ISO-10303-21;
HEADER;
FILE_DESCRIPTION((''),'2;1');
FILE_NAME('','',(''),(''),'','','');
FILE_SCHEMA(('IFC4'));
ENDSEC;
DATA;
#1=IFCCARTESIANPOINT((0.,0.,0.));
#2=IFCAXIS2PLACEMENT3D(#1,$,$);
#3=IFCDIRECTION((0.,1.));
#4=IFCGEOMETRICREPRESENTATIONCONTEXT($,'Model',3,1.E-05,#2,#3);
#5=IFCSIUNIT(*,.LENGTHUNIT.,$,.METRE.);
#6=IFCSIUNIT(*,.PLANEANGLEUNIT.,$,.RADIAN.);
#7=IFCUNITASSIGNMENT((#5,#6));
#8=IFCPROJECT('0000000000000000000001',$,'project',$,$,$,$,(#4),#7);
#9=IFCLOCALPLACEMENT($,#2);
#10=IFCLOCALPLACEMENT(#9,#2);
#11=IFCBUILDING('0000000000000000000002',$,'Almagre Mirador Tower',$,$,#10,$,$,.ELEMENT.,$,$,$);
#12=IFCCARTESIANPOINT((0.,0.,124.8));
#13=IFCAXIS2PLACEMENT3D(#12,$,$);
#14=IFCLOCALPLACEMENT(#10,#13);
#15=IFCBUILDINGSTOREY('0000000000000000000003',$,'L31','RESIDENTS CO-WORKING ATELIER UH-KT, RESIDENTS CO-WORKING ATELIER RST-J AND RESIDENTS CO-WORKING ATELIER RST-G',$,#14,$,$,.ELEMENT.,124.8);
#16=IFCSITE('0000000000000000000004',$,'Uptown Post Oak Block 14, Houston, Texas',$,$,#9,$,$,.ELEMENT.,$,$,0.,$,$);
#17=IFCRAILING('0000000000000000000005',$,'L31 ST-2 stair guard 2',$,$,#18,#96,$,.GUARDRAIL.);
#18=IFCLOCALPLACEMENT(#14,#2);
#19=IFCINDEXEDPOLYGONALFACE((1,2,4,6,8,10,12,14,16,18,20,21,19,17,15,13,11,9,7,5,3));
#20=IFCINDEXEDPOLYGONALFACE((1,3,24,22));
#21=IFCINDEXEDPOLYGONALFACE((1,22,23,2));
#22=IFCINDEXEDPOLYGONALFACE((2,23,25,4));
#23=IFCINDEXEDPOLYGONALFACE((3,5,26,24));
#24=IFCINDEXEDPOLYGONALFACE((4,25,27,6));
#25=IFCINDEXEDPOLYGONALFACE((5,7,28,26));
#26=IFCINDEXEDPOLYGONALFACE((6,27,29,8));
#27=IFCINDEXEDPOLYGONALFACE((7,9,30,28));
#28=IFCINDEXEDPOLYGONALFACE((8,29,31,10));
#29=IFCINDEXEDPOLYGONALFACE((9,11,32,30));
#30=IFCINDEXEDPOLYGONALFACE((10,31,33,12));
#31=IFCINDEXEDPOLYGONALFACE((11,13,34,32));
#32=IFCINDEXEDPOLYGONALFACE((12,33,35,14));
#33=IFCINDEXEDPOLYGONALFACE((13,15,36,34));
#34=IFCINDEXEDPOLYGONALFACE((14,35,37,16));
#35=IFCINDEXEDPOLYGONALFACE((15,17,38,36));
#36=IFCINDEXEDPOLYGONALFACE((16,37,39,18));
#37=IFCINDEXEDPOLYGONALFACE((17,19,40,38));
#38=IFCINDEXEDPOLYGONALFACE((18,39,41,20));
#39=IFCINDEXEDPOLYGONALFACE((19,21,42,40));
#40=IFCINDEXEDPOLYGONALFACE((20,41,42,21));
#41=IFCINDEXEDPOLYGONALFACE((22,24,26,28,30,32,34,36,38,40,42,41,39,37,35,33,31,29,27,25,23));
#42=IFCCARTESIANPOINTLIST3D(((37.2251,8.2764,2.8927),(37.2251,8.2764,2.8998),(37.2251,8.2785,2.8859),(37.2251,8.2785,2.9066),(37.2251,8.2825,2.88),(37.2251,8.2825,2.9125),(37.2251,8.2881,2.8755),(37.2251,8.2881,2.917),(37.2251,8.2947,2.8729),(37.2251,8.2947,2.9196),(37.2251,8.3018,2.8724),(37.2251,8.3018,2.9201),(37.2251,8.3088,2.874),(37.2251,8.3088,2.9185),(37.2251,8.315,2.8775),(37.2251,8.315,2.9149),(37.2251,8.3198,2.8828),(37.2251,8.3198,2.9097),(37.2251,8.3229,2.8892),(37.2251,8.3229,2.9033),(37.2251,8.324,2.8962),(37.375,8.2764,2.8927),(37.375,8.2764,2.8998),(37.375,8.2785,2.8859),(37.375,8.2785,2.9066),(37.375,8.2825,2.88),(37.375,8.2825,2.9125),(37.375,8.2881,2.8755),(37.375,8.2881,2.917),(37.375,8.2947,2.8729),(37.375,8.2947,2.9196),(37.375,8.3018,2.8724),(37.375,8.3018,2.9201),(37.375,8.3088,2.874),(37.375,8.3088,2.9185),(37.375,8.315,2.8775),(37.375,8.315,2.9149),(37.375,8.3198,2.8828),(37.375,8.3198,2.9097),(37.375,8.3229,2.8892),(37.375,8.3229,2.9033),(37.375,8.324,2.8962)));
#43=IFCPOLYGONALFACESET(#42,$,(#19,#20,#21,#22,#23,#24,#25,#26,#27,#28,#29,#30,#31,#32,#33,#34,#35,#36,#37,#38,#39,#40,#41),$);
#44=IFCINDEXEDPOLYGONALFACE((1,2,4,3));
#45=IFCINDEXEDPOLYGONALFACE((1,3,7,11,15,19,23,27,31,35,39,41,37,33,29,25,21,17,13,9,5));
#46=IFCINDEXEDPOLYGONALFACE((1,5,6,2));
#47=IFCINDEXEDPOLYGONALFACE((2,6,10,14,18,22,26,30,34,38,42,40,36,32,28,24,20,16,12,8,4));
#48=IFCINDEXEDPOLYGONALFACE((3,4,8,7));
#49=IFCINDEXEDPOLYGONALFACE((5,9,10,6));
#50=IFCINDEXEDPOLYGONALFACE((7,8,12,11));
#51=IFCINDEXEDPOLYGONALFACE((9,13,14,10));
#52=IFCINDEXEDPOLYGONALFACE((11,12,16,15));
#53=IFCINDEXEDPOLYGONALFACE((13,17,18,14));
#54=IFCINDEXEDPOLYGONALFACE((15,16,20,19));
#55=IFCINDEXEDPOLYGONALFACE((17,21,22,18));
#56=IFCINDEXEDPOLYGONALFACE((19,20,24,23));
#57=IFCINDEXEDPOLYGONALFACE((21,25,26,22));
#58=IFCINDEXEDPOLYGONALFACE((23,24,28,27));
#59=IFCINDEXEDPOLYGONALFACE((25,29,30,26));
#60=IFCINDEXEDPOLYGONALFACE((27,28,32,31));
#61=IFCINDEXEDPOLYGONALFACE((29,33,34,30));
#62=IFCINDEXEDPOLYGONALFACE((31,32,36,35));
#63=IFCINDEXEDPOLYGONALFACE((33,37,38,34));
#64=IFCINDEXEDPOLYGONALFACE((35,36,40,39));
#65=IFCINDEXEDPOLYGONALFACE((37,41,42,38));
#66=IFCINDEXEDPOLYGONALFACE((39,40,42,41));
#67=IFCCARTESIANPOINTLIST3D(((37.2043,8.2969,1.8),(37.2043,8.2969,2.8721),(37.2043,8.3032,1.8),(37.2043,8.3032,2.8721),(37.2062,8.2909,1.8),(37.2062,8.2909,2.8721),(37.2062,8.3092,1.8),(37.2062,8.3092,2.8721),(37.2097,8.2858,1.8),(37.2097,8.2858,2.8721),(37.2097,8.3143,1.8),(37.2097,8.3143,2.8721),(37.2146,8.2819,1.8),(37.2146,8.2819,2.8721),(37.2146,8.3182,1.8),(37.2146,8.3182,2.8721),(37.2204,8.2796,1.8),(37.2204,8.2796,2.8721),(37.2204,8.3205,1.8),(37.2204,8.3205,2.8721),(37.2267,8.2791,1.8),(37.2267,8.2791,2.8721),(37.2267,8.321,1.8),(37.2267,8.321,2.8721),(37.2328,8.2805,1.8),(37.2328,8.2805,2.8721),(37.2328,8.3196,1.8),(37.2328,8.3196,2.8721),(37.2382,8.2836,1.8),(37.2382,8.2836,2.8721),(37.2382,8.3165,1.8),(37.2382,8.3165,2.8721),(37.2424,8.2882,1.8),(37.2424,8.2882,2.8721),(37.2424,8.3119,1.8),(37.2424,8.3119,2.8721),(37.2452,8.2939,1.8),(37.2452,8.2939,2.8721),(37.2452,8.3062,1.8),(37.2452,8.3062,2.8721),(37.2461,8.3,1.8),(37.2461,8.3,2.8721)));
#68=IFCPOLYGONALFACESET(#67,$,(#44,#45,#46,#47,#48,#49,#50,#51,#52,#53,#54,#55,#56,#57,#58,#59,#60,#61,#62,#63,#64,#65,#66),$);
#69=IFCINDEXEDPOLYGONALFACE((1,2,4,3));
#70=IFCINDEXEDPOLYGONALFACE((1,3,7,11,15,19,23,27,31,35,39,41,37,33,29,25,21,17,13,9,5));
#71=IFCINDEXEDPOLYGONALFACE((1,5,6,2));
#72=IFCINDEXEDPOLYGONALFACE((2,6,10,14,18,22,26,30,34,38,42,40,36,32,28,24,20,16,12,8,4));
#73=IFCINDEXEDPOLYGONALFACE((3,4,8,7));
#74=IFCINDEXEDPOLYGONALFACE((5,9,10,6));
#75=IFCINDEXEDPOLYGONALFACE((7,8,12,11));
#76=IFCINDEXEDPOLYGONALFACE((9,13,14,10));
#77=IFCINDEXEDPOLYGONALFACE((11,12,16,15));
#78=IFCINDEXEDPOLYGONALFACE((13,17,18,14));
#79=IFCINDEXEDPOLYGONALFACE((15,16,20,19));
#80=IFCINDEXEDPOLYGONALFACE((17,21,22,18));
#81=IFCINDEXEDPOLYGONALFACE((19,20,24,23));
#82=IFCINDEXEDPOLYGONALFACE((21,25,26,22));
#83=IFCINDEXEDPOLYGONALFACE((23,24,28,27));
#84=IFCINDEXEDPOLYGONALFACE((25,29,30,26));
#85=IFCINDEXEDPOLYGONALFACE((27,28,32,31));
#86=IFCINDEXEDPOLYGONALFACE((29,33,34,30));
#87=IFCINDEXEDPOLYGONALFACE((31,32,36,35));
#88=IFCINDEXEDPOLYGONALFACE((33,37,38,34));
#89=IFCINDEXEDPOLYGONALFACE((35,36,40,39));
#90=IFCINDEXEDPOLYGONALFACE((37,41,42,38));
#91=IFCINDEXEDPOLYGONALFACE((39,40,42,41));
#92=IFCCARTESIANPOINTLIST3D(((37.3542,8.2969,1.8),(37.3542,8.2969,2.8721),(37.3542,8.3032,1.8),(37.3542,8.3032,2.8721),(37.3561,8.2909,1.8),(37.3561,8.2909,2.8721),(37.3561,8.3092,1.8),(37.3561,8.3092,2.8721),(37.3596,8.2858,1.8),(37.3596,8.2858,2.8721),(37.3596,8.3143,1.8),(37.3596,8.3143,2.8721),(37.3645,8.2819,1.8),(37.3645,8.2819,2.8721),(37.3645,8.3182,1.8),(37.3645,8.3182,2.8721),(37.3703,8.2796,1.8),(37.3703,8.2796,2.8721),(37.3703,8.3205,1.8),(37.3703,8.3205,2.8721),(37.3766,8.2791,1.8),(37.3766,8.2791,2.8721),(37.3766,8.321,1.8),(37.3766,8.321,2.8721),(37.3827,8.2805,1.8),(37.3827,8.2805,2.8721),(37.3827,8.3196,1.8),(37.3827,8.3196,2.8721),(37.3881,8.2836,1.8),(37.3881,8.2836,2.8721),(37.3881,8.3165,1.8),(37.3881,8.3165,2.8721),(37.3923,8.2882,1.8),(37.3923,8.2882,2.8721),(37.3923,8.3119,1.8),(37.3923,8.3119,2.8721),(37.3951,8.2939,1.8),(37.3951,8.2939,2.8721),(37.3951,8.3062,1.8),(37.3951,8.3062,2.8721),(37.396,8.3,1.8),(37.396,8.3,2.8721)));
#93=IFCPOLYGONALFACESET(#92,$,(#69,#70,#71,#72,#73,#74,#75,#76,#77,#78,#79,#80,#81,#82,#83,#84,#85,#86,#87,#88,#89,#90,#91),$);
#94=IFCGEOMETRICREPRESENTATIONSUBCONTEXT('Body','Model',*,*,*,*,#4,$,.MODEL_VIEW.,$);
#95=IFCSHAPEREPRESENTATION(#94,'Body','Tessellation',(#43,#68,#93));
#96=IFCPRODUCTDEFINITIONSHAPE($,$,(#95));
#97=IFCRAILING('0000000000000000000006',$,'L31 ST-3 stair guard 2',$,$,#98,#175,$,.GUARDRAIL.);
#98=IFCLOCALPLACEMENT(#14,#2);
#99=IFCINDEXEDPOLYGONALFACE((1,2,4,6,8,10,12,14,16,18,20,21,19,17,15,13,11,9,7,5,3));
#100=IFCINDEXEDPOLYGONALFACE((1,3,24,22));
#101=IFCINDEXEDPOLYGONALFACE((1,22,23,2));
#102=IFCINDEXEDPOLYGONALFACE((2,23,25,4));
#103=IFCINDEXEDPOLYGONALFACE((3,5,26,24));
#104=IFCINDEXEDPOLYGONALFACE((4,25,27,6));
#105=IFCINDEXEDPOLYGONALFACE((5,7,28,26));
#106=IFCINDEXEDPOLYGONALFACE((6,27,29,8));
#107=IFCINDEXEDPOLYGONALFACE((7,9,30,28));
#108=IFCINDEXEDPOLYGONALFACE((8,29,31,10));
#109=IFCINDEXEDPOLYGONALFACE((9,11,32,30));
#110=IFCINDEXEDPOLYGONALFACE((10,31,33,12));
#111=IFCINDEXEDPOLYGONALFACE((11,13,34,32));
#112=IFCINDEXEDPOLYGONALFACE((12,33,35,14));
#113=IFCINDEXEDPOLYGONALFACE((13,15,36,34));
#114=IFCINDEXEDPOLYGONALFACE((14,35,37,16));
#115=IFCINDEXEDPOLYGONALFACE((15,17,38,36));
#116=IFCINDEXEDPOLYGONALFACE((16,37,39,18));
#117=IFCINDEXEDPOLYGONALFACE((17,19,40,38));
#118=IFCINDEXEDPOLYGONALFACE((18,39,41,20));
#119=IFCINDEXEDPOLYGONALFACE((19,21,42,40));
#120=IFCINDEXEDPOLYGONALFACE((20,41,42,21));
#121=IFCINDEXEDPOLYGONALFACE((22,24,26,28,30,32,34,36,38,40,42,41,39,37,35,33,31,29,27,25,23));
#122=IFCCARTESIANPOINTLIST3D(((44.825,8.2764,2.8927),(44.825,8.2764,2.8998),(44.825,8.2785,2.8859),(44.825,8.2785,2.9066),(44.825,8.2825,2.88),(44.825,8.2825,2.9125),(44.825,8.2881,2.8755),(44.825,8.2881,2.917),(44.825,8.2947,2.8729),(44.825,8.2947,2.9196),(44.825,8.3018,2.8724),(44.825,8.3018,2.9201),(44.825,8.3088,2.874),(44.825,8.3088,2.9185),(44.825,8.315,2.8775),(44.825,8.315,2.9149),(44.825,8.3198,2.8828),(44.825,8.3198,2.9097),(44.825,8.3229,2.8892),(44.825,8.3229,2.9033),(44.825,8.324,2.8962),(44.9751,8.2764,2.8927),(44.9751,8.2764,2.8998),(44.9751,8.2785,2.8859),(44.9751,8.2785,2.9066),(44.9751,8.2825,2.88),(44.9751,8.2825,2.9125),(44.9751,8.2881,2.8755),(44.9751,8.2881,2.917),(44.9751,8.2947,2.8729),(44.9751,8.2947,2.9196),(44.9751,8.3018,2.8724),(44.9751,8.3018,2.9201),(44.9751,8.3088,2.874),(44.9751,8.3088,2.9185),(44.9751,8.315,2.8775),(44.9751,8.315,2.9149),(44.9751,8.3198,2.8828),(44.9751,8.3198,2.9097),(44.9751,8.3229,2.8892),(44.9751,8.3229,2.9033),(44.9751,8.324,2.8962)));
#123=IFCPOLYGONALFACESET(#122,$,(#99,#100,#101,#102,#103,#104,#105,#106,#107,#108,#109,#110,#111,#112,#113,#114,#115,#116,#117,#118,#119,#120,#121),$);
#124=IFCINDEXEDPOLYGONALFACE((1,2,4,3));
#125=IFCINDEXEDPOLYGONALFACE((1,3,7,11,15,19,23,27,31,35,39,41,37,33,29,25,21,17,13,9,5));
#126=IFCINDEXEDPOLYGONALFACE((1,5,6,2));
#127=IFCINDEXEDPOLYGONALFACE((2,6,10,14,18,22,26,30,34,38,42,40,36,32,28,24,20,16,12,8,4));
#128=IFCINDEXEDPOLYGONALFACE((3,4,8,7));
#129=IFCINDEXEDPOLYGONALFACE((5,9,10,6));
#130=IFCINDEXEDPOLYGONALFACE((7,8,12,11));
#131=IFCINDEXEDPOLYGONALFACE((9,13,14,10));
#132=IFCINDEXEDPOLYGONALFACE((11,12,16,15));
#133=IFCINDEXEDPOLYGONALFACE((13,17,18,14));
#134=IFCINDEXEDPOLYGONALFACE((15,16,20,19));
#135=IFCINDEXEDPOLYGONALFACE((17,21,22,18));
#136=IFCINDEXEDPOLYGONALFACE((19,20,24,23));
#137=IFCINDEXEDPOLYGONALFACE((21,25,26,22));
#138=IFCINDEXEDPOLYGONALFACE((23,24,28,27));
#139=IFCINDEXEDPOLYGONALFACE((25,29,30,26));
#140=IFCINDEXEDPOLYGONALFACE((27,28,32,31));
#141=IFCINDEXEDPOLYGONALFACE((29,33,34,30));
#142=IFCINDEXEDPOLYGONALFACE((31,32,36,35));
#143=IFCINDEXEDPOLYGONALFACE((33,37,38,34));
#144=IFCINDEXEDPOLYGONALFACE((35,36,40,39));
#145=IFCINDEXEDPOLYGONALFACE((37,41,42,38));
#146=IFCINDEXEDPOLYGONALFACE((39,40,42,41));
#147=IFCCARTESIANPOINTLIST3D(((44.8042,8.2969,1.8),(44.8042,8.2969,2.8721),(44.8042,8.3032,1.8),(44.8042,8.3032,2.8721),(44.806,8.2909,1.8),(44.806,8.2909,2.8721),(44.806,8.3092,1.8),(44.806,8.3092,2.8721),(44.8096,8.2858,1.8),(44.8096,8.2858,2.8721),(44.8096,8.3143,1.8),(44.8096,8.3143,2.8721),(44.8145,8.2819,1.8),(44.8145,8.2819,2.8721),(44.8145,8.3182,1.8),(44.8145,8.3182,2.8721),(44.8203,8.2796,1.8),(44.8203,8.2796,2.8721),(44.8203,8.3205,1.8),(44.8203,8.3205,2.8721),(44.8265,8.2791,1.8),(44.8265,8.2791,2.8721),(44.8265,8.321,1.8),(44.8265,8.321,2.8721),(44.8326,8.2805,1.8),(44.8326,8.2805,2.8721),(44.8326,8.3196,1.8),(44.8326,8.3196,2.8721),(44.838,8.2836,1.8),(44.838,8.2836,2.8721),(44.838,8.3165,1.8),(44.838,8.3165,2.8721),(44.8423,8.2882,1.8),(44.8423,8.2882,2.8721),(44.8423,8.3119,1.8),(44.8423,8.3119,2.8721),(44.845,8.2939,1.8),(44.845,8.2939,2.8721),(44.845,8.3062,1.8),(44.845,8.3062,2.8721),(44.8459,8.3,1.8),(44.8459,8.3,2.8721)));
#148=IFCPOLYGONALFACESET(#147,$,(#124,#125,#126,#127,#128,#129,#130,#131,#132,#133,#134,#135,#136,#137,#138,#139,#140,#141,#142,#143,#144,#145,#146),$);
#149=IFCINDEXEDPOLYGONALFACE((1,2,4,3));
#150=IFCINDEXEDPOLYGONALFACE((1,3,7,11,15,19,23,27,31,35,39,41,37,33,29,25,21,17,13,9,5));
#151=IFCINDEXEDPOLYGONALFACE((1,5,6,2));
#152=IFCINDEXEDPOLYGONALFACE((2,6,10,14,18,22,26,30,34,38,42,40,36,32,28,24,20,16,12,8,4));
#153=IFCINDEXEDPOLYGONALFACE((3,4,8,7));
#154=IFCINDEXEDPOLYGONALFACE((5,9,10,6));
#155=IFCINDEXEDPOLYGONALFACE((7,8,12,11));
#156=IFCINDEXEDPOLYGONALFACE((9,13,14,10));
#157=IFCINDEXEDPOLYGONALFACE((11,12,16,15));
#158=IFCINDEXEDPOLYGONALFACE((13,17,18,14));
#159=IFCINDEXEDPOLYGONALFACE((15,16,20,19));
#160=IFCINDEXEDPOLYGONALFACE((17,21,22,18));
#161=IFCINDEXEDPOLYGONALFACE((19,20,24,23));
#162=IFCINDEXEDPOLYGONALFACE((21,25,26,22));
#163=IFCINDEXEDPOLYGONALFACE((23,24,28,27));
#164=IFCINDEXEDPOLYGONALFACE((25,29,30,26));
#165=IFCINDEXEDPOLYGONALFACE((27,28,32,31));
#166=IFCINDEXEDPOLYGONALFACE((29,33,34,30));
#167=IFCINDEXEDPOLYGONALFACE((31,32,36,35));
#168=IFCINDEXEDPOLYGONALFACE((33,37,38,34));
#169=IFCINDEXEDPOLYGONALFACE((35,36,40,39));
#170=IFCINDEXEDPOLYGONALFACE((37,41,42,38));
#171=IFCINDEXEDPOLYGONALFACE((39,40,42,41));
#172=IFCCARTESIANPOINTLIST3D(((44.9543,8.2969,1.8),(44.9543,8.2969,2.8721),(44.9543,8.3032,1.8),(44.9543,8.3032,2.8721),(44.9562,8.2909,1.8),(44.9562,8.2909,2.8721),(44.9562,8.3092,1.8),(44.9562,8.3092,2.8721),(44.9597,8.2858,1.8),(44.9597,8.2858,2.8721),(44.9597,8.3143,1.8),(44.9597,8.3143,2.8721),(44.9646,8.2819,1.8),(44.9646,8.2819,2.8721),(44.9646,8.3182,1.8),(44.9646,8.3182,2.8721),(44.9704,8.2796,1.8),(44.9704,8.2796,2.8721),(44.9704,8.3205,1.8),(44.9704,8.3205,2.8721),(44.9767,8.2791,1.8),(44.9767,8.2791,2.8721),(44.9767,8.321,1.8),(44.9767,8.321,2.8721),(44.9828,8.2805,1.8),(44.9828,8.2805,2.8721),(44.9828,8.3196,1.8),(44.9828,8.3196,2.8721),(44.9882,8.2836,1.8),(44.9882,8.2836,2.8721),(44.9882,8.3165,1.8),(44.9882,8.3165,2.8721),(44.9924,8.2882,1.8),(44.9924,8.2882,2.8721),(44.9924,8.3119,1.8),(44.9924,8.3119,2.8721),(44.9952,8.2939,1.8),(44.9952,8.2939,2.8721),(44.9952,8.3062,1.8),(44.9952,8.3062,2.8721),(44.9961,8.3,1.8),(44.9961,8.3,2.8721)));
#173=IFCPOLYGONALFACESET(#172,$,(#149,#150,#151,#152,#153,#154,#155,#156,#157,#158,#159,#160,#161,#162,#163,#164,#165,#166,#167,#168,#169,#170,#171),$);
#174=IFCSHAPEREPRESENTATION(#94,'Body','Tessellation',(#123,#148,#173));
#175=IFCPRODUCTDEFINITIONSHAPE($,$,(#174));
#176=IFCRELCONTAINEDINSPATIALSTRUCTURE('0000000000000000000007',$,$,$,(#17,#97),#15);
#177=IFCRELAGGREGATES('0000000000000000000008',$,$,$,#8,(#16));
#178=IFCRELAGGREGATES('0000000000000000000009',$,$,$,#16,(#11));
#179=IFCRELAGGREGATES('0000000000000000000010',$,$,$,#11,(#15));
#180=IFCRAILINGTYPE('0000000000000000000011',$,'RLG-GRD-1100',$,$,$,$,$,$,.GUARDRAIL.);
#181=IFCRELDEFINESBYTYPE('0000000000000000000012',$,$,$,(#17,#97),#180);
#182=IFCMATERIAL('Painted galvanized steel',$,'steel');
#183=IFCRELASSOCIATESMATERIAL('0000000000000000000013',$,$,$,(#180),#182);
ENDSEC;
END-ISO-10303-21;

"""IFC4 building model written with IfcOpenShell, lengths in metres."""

from ifc_helpers import new_model, si_unit, direction, frame, origin, origin_2d, place, context, subcontext, project, spatial, circle, extrude, material, type_object, element, save


model = new_model("IFC4")

# Units and contexts
model_context = context("Model", 3, precision=1e-05, world=origin(), true_north=direction((0.0, 1.0)))
body_context = subcontext(model_context, "Body", "Model", "MODEL_VIEW")
ifc_project = project(units=[si_unit("LENGTHUNIT", "METRE"), si_unit("PLANEANGLEUNIT", "RADIAN")], contexts=[model_context])

# Site, building, storey
site_placement = place(None, origin())
site = spatial("IfcSite", under=ifc_project, at=site_placement, Name="Uptown Post Oak Block 14, Houston, Texas", CompositionType="ELEMENT", RefElevation=0.0)
building_placement = place(site_placement, origin())
building = spatial("IfcBuilding", under=site, at=building_placement, Name="Almagre Mirador Tower", CompositionType="ELEMENT")
storey_placement = place(building_placement, frame((0.0, 0.0, 124.8)))
storey = spatial("IfcBuildingStorey", under=building, at=storey_placement, Name="L31", Description="RESIDENTS CO-WORKING ATELIER UH-KT, RESIDENTS CO-WORKING ATELIER RST-J AND RESIDENTS CO-WORKING ATELIER RST-G", CompositionType="ELEMENT", Elevation=124.8)

# Railings
ifc_material_1 = material(Name="Painted galvanized steel", Category="steel")
railing_type = type_object("IfcRailingType", Name="RLG-GRD-1100", PredefinedType="GUARDRAIL", material=ifc_material_1)
railing_1_placement = place(storey_placement, frame((37.2251, 8.3, 1.8)))
element("IfcRailing", 1, at=railing_1_placement, inside=storey, type_object=railing_type, Name="L31 ST-2 stair guard 2", PredefinedType="GUARDRAIL", context=body_context, shape_type="SweptSolid", body=[
    extrude(circle(Radius=0.0239, at=origin_2d()), frame((0.0, 0.0, 1.0962), z_axis=(1.0, 0.0, 0.0), x_axis=(0.0, 1.0, 0.0)), (0.0, 0.0, 1.0), 0.1499),
    extrude(circle(Radius=0.021, at=origin_2d()), origin(), (0.0, 0.0, 1.0), 1.072),
    extrude(circle(Radius=0.021, at=origin_2d()), frame((0.1499, 0.0, 0.0)), (0.0, 0.0, 1.0), 1.072),
])
railing_2_placement = place(storey_placement, frame((44.825, 8.3, 1.8)))
element("IfcRailing", 2, at=railing_2_placement, inside=storey, type_object=railing_type, Name="L31 ST-3 stair guard 2", PredefinedType="GUARDRAIL", context=body_context, shape_type="SweptSolid", body=[
    extrude(circle(Radius=0.0239, at=origin_2d()), frame((0.0, 0.0, 1.0962), z_axis=(1.0, 0.0, 0.0), x_axis=(0.0, 1.0, 0.0)), (0.0, 0.0, 1.0), 0.1501),
    extrude(circle(Radius=0.021, at=origin_2d()), origin(), (0.0, 0.0, 1.0), 1.072),
    extrude(circle(Radius=0.021, at=origin_2d()), frame((0.1501, 0.0, 0.0)), (0.0, 0.0, 1.0), 1.072),
])

save(model, "model.ifc")
